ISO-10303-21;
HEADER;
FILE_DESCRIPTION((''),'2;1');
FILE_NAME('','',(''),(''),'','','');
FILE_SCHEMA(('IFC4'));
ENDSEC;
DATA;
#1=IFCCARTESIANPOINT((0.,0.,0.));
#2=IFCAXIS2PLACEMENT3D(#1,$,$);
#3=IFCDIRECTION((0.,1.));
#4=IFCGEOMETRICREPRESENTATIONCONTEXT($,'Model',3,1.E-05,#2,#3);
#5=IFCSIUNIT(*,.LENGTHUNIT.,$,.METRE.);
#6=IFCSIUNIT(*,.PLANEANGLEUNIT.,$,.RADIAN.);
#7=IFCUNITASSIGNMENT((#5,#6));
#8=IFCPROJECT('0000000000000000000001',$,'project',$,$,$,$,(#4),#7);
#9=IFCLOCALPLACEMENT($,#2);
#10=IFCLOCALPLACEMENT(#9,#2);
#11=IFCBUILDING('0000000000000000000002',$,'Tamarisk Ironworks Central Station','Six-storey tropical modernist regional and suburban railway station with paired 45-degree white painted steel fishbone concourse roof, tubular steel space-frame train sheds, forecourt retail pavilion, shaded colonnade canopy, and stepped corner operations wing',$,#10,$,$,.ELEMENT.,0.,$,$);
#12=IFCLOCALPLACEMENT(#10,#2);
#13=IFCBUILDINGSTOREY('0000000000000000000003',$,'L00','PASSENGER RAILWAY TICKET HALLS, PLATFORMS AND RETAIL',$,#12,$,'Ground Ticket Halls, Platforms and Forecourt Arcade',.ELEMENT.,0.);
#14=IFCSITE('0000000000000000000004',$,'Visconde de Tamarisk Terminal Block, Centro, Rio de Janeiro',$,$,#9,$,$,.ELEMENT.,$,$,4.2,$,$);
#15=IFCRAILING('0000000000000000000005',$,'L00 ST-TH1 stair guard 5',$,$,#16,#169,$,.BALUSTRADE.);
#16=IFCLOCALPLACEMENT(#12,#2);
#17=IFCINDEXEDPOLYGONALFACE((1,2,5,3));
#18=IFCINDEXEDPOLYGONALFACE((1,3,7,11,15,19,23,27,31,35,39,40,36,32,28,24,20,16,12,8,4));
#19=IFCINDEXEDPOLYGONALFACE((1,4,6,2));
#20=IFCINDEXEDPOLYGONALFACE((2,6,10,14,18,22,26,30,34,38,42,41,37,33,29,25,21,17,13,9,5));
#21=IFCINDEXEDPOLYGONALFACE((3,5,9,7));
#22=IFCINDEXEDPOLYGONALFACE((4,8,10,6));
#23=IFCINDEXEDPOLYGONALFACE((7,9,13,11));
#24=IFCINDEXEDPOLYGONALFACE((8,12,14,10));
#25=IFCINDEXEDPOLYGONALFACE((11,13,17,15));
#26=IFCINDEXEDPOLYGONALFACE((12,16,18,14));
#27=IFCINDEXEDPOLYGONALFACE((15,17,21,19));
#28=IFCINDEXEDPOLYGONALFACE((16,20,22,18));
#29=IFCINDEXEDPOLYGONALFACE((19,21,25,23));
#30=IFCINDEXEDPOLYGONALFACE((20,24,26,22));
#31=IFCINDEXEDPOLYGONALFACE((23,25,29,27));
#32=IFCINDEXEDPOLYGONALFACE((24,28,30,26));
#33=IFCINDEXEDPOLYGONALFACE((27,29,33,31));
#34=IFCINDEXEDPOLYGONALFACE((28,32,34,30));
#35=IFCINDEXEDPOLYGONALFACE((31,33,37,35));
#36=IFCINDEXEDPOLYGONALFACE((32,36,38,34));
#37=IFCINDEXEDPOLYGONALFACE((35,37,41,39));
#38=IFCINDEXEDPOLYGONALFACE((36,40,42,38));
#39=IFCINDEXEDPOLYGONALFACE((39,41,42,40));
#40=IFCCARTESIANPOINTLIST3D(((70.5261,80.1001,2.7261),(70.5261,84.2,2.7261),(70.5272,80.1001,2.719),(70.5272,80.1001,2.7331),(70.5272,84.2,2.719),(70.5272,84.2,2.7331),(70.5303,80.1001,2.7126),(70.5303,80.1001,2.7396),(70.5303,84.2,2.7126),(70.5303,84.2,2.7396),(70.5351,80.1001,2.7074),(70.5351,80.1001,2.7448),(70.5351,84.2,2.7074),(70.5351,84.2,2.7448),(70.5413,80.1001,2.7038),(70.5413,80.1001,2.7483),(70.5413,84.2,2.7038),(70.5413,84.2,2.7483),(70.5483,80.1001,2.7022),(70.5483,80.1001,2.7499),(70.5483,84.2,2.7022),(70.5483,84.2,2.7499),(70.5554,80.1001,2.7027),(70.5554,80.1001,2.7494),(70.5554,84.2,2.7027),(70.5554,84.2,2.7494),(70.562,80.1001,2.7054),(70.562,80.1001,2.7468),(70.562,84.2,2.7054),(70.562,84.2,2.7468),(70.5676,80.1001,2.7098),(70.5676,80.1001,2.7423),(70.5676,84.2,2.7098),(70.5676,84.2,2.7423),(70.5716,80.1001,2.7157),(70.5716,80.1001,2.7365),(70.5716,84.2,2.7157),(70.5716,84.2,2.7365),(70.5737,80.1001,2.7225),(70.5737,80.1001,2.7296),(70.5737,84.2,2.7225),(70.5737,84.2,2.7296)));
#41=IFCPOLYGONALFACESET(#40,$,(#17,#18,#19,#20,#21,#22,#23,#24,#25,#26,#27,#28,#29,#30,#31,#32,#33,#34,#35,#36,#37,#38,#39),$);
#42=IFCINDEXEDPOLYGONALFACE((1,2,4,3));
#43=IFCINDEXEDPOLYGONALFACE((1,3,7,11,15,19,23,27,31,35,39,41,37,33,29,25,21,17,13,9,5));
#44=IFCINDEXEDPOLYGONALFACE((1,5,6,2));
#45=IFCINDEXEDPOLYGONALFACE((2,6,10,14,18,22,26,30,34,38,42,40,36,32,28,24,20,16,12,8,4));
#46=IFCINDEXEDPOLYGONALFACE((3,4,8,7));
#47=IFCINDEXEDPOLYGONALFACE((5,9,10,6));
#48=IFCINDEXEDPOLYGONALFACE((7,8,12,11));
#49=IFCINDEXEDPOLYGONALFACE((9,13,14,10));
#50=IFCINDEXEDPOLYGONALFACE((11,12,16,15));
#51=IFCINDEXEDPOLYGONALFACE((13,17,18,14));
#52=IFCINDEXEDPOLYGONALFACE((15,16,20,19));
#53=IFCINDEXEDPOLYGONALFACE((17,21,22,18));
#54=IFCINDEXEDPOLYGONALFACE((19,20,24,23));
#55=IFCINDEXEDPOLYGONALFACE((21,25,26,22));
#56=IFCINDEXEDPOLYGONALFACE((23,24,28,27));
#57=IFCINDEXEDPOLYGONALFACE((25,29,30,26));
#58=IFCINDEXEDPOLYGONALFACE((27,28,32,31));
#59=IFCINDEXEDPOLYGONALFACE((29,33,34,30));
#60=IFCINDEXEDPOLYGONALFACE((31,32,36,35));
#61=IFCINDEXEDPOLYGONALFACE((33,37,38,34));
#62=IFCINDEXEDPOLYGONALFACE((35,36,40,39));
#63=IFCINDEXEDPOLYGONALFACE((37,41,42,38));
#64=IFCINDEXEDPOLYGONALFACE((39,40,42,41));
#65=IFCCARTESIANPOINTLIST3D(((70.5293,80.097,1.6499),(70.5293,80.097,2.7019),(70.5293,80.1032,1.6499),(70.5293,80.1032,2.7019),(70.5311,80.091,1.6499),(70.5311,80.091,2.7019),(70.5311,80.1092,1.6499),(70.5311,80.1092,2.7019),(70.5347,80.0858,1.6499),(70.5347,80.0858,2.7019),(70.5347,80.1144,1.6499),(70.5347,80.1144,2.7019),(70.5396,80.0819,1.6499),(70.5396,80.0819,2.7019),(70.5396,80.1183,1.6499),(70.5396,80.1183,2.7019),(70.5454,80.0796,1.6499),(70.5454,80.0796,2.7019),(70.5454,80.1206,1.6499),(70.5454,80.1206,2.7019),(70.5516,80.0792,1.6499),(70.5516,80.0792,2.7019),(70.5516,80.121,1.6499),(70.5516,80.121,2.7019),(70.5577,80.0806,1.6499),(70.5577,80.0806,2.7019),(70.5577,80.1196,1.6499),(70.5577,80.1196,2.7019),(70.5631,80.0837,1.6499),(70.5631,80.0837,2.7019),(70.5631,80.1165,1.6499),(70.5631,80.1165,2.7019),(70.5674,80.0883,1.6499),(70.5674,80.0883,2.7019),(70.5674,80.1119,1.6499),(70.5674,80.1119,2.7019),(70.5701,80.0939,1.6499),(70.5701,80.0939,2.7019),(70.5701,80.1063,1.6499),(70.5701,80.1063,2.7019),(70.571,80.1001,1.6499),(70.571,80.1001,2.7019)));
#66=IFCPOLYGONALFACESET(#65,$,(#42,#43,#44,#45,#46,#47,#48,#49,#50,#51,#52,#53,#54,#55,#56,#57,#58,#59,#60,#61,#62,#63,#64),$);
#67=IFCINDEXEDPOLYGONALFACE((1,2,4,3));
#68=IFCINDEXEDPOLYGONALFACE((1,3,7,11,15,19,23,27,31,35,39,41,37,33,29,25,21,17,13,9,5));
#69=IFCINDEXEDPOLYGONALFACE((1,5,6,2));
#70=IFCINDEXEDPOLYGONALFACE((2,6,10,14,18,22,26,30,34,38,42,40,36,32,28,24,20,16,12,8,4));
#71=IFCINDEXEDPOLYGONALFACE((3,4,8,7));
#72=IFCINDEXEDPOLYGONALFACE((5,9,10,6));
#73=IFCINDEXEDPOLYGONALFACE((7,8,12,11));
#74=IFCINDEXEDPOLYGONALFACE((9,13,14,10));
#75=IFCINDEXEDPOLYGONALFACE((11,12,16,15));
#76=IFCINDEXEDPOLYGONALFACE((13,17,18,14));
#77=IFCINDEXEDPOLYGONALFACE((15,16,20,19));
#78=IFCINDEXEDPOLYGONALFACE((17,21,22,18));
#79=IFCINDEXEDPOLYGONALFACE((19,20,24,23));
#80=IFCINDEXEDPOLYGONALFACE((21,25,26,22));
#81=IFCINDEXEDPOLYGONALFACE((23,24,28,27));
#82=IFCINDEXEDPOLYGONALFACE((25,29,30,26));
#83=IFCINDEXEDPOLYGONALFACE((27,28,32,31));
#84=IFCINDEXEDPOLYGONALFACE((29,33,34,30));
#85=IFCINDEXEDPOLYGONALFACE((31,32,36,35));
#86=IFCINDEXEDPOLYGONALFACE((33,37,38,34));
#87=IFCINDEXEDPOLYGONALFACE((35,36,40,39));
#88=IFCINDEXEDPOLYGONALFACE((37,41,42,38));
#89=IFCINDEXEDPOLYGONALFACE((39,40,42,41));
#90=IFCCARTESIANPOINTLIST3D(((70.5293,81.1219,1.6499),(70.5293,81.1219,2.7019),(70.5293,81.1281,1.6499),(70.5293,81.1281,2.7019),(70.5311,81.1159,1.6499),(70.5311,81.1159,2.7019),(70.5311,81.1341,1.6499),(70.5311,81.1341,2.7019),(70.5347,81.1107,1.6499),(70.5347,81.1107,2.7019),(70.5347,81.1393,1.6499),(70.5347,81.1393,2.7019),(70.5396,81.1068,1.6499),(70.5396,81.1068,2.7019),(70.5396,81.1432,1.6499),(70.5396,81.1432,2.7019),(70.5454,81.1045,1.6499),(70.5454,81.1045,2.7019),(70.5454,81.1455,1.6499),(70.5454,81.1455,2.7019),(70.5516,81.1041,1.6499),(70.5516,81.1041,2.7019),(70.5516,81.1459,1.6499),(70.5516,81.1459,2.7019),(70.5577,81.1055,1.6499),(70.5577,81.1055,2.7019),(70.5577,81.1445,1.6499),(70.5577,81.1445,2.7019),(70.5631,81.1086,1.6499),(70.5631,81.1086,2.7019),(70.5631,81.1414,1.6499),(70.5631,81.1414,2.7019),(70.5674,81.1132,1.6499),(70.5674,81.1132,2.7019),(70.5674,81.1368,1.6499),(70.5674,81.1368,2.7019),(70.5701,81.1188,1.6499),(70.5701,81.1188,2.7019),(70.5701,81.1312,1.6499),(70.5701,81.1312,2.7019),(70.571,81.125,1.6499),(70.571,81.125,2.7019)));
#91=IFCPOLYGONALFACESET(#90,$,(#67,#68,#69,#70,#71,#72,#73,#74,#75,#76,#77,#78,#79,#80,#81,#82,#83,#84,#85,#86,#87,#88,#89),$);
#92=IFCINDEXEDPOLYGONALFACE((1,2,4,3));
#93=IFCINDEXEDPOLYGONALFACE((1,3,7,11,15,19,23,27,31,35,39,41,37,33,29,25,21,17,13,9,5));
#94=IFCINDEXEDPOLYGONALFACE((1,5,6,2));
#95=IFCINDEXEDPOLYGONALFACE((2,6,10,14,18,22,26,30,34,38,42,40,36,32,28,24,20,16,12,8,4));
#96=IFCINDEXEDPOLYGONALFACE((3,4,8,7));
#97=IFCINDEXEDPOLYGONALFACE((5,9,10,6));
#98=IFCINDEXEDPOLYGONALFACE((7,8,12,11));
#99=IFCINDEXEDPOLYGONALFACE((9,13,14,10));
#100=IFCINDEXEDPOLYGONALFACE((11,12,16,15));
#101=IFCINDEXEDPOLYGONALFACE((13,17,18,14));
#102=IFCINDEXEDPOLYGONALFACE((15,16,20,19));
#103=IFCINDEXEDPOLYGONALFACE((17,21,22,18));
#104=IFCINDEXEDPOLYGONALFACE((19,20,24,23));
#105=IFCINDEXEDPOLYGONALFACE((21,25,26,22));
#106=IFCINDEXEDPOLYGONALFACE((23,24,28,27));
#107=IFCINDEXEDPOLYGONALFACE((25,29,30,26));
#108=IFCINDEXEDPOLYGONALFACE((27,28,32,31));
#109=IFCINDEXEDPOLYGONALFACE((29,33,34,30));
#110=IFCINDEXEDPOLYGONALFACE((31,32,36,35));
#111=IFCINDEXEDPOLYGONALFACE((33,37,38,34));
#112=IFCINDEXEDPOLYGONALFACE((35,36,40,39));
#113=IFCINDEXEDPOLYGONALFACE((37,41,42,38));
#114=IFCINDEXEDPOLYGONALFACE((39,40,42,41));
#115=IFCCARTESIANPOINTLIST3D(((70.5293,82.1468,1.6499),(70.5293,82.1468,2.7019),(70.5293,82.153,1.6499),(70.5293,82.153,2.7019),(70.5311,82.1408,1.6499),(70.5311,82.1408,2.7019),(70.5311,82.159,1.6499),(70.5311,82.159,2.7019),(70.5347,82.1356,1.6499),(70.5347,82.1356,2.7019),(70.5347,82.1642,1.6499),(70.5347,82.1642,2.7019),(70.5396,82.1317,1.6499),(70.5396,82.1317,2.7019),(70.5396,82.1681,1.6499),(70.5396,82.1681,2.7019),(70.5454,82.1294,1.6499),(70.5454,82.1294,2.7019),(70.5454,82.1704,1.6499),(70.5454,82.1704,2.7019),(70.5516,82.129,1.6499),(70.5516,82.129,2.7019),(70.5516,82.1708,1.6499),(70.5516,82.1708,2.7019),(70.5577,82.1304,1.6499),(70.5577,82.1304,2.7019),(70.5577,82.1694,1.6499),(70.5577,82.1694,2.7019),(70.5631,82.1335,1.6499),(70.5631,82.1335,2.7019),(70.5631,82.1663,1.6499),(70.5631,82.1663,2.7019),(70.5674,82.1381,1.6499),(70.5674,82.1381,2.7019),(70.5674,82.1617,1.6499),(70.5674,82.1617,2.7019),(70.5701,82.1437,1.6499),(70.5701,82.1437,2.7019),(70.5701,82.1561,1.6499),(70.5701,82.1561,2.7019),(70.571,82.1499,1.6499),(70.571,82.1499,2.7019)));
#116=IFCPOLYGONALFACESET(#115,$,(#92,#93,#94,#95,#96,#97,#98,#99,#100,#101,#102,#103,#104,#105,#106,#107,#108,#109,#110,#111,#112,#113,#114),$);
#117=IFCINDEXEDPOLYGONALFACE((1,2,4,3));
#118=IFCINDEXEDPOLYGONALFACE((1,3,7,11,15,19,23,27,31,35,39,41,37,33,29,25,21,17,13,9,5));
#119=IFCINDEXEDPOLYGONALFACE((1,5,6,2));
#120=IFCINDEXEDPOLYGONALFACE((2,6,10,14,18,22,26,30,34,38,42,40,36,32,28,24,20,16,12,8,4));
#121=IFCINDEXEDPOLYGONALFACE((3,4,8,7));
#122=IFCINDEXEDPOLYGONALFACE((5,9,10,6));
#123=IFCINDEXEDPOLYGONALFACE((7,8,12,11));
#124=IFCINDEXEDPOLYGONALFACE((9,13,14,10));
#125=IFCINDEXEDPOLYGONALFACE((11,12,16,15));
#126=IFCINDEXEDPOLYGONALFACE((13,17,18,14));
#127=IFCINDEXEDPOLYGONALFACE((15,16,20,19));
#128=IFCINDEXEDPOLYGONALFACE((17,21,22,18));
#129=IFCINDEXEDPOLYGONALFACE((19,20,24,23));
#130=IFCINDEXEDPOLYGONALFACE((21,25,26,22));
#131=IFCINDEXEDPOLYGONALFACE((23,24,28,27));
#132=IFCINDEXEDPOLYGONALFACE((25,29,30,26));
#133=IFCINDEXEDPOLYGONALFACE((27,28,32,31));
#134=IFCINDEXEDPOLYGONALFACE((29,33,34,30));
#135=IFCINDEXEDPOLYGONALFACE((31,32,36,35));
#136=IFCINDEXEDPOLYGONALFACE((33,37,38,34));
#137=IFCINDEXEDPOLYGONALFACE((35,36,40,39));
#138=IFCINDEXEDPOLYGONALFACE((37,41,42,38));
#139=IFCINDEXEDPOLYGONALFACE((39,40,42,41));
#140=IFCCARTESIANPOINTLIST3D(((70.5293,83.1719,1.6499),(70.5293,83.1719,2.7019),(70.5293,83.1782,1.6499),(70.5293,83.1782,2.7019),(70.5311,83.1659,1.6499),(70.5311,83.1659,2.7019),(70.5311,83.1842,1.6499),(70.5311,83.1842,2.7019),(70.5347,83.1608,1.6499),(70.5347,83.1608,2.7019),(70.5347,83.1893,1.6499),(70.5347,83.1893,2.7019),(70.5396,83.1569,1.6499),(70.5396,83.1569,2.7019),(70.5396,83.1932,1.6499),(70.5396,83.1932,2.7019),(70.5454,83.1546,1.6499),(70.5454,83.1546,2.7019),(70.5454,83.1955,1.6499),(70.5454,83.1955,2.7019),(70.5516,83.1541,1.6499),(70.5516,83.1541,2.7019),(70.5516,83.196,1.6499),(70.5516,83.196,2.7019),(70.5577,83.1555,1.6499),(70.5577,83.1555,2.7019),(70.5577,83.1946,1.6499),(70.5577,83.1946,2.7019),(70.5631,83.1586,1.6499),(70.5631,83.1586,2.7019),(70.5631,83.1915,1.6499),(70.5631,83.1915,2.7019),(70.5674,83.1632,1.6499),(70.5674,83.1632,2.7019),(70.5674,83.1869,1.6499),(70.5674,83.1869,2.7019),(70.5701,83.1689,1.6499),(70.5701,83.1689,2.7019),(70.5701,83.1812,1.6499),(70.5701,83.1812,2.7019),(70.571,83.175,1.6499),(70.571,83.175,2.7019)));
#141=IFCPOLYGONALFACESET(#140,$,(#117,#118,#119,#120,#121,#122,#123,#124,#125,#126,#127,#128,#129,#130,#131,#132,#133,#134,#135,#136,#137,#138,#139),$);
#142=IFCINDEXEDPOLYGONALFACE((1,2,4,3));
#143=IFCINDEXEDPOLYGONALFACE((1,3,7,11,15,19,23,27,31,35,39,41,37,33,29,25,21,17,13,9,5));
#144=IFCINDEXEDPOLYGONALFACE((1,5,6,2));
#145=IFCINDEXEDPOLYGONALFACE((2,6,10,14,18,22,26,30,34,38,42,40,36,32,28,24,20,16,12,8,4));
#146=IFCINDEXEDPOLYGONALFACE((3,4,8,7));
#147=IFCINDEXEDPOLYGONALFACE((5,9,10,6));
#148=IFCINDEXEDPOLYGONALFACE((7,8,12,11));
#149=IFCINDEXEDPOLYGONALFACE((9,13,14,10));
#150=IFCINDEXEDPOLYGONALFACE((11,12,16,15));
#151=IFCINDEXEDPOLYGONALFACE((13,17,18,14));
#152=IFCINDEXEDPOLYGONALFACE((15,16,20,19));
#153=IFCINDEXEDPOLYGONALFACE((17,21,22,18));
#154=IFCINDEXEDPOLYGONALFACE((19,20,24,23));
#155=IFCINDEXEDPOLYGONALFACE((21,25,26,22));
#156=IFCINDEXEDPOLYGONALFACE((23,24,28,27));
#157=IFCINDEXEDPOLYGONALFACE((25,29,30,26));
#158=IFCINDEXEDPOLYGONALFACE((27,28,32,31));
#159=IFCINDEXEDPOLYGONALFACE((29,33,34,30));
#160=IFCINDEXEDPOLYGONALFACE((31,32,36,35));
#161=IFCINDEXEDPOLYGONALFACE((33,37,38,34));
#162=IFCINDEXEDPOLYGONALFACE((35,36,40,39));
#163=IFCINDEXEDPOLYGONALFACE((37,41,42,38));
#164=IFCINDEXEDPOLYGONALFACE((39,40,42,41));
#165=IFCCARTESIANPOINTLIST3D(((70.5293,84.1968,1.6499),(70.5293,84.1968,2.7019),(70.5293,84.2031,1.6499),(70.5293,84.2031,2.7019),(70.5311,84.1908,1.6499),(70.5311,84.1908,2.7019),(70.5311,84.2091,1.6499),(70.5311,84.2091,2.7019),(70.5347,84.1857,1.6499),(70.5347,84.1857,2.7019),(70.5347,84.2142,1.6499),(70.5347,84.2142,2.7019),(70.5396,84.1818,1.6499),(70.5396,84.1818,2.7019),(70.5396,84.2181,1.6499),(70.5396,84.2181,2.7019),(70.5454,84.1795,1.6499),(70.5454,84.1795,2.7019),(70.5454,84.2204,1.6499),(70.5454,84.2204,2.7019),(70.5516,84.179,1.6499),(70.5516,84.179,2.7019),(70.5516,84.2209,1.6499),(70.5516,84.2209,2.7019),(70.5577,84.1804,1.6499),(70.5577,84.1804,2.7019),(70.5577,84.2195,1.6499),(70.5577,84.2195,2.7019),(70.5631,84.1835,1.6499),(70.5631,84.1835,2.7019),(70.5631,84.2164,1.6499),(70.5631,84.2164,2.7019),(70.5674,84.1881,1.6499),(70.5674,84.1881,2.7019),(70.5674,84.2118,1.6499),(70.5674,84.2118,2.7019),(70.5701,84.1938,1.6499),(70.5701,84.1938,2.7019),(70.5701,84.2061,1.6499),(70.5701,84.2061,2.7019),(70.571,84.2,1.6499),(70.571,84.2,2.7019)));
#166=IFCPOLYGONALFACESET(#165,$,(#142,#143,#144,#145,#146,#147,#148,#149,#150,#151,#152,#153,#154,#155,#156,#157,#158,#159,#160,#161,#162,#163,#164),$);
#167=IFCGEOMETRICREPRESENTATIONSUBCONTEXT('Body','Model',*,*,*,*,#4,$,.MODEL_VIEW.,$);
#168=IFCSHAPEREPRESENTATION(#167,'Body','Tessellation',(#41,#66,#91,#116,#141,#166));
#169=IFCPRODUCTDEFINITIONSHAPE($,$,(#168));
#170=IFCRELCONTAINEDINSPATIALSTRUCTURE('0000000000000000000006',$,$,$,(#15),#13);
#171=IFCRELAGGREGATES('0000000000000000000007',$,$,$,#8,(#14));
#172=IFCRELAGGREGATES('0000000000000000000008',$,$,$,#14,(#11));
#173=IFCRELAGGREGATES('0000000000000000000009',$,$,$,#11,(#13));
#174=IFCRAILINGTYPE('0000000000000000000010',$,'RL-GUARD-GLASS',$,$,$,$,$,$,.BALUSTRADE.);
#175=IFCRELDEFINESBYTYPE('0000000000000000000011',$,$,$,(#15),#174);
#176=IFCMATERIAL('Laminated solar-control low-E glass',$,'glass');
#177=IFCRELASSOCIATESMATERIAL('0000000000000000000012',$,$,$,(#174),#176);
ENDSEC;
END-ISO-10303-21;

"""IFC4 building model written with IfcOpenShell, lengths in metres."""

from ifc_helpers import new_model, si_unit, direction, frame, origin, origin_2d, place, context, subcontext, project, spatial, circle, extrude, material, type_object, element, save


model = new_model("IFC4")

# Units and contexts
model_context = context("Model", 3, precision=1e-05, world=origin(), true_north=direction((0.0, 1.0)))
body_context = subcontext(model_context, "Body", "Model", "MODEL_VIEW")
ifc_project = project(units=[si_unit("LENGTHUNIT", "METRE"), si_unit("PLANEANGLEUNIT", "RADIAN")], contexts=[model_context])

# Site, building, storey
site_placement = place(None, origin())
site = spatial("IfcSite", under=ifc_project, at=site_placement, Name="Visconde de Tamarisk Terminal Block, Centro, Rio de Janeiro", CompositionType="ELEMENT", RefElevation=4.2)
building_placement = place(site_placement, origin())
building = spatial("IfcBuilding", under=site, at=building_placement, Name="Tamarisk Ironworks Central Station", Description="Six-storey tropical modernist regional and suburban railway station with paired 45-degree white painted steel fishbone concourse roof, tubular steel space-frame train sheds, forecourt retail pavilion, shaded colonnade canopy, and stepped corner operations wing", CompositionType="ELEMENT", ElevationOfRefHeight=0.0)
storey_placement = place(building_placement, origin())
storey = spatial("IfcBuildingStorey", under=building, at=storey_placement, Name="L00", Description="PASSENGER RAILWAY TICKET HALLS, PLATFORMS AND RETAIL", LongName="Ground Ticket Halls, Platforms and Forecourt Arcade", CompositionType="ELEMENT", Elevation=0.0)

# Railing
ifc_material_1 = material(Name="Laminated solar-control low-E glass", Category="glass")
railing_type_1 = type_object("IfcRailingType", Name="RL-GUARD-GLASS", PredefinedType="BALUSTRADE", material=ifc_material_1)
railing_1_placement = place(storey_placement, frame((70.55, 80.1001, 1.6499)))
element("IfcRailing", 1, at=railing_1_placement, inside=storey, type_object=railing_type_1, Name="L00 ST-TH1 stair guard 5", PredefinedType="BALUSTRADE", context=body_context, shape_type="SweptSolid", body=[
    extrude(circle(Radius=0.0239, at=origin_2d()), frame((0.0, 0.0, 1.0762), z_axis=(0.0, 1.0, 0.0), x_axis=(-1.0, 0.0, 0.0)), (0.0, 0.0, 1.0), 4.0999),
    extrude(circle(Radius=0.021, at=origin_2d()), origin(), (0.0, 0.0, 1.0), 1.052),
    extrude(circle(Radius=0.021, at=origin_2d()), frame((0.0, 1.0249, 0.0)), (0.0, 0.0, 1.0), 1.052),
    extrude(circle(Radius=0.021, at=origin_2d()), frame((0.0, 2.0498, 0.0)), (0.0, 0.0, 1.0), 1.052),
    extrude(circle(Radius=0.021, at=origin_2d()), frame((0.0, 3.075, 0.0)), (0.0, 0.0, 1.0), 1.052),
    extrude(circle(Radius=0.021, at=origin_2d()), frame((0.0, 4.0999, 0.0)), (0.0, 0.0, 1.0), 1.052),
])

save(model, "model.ifc")
